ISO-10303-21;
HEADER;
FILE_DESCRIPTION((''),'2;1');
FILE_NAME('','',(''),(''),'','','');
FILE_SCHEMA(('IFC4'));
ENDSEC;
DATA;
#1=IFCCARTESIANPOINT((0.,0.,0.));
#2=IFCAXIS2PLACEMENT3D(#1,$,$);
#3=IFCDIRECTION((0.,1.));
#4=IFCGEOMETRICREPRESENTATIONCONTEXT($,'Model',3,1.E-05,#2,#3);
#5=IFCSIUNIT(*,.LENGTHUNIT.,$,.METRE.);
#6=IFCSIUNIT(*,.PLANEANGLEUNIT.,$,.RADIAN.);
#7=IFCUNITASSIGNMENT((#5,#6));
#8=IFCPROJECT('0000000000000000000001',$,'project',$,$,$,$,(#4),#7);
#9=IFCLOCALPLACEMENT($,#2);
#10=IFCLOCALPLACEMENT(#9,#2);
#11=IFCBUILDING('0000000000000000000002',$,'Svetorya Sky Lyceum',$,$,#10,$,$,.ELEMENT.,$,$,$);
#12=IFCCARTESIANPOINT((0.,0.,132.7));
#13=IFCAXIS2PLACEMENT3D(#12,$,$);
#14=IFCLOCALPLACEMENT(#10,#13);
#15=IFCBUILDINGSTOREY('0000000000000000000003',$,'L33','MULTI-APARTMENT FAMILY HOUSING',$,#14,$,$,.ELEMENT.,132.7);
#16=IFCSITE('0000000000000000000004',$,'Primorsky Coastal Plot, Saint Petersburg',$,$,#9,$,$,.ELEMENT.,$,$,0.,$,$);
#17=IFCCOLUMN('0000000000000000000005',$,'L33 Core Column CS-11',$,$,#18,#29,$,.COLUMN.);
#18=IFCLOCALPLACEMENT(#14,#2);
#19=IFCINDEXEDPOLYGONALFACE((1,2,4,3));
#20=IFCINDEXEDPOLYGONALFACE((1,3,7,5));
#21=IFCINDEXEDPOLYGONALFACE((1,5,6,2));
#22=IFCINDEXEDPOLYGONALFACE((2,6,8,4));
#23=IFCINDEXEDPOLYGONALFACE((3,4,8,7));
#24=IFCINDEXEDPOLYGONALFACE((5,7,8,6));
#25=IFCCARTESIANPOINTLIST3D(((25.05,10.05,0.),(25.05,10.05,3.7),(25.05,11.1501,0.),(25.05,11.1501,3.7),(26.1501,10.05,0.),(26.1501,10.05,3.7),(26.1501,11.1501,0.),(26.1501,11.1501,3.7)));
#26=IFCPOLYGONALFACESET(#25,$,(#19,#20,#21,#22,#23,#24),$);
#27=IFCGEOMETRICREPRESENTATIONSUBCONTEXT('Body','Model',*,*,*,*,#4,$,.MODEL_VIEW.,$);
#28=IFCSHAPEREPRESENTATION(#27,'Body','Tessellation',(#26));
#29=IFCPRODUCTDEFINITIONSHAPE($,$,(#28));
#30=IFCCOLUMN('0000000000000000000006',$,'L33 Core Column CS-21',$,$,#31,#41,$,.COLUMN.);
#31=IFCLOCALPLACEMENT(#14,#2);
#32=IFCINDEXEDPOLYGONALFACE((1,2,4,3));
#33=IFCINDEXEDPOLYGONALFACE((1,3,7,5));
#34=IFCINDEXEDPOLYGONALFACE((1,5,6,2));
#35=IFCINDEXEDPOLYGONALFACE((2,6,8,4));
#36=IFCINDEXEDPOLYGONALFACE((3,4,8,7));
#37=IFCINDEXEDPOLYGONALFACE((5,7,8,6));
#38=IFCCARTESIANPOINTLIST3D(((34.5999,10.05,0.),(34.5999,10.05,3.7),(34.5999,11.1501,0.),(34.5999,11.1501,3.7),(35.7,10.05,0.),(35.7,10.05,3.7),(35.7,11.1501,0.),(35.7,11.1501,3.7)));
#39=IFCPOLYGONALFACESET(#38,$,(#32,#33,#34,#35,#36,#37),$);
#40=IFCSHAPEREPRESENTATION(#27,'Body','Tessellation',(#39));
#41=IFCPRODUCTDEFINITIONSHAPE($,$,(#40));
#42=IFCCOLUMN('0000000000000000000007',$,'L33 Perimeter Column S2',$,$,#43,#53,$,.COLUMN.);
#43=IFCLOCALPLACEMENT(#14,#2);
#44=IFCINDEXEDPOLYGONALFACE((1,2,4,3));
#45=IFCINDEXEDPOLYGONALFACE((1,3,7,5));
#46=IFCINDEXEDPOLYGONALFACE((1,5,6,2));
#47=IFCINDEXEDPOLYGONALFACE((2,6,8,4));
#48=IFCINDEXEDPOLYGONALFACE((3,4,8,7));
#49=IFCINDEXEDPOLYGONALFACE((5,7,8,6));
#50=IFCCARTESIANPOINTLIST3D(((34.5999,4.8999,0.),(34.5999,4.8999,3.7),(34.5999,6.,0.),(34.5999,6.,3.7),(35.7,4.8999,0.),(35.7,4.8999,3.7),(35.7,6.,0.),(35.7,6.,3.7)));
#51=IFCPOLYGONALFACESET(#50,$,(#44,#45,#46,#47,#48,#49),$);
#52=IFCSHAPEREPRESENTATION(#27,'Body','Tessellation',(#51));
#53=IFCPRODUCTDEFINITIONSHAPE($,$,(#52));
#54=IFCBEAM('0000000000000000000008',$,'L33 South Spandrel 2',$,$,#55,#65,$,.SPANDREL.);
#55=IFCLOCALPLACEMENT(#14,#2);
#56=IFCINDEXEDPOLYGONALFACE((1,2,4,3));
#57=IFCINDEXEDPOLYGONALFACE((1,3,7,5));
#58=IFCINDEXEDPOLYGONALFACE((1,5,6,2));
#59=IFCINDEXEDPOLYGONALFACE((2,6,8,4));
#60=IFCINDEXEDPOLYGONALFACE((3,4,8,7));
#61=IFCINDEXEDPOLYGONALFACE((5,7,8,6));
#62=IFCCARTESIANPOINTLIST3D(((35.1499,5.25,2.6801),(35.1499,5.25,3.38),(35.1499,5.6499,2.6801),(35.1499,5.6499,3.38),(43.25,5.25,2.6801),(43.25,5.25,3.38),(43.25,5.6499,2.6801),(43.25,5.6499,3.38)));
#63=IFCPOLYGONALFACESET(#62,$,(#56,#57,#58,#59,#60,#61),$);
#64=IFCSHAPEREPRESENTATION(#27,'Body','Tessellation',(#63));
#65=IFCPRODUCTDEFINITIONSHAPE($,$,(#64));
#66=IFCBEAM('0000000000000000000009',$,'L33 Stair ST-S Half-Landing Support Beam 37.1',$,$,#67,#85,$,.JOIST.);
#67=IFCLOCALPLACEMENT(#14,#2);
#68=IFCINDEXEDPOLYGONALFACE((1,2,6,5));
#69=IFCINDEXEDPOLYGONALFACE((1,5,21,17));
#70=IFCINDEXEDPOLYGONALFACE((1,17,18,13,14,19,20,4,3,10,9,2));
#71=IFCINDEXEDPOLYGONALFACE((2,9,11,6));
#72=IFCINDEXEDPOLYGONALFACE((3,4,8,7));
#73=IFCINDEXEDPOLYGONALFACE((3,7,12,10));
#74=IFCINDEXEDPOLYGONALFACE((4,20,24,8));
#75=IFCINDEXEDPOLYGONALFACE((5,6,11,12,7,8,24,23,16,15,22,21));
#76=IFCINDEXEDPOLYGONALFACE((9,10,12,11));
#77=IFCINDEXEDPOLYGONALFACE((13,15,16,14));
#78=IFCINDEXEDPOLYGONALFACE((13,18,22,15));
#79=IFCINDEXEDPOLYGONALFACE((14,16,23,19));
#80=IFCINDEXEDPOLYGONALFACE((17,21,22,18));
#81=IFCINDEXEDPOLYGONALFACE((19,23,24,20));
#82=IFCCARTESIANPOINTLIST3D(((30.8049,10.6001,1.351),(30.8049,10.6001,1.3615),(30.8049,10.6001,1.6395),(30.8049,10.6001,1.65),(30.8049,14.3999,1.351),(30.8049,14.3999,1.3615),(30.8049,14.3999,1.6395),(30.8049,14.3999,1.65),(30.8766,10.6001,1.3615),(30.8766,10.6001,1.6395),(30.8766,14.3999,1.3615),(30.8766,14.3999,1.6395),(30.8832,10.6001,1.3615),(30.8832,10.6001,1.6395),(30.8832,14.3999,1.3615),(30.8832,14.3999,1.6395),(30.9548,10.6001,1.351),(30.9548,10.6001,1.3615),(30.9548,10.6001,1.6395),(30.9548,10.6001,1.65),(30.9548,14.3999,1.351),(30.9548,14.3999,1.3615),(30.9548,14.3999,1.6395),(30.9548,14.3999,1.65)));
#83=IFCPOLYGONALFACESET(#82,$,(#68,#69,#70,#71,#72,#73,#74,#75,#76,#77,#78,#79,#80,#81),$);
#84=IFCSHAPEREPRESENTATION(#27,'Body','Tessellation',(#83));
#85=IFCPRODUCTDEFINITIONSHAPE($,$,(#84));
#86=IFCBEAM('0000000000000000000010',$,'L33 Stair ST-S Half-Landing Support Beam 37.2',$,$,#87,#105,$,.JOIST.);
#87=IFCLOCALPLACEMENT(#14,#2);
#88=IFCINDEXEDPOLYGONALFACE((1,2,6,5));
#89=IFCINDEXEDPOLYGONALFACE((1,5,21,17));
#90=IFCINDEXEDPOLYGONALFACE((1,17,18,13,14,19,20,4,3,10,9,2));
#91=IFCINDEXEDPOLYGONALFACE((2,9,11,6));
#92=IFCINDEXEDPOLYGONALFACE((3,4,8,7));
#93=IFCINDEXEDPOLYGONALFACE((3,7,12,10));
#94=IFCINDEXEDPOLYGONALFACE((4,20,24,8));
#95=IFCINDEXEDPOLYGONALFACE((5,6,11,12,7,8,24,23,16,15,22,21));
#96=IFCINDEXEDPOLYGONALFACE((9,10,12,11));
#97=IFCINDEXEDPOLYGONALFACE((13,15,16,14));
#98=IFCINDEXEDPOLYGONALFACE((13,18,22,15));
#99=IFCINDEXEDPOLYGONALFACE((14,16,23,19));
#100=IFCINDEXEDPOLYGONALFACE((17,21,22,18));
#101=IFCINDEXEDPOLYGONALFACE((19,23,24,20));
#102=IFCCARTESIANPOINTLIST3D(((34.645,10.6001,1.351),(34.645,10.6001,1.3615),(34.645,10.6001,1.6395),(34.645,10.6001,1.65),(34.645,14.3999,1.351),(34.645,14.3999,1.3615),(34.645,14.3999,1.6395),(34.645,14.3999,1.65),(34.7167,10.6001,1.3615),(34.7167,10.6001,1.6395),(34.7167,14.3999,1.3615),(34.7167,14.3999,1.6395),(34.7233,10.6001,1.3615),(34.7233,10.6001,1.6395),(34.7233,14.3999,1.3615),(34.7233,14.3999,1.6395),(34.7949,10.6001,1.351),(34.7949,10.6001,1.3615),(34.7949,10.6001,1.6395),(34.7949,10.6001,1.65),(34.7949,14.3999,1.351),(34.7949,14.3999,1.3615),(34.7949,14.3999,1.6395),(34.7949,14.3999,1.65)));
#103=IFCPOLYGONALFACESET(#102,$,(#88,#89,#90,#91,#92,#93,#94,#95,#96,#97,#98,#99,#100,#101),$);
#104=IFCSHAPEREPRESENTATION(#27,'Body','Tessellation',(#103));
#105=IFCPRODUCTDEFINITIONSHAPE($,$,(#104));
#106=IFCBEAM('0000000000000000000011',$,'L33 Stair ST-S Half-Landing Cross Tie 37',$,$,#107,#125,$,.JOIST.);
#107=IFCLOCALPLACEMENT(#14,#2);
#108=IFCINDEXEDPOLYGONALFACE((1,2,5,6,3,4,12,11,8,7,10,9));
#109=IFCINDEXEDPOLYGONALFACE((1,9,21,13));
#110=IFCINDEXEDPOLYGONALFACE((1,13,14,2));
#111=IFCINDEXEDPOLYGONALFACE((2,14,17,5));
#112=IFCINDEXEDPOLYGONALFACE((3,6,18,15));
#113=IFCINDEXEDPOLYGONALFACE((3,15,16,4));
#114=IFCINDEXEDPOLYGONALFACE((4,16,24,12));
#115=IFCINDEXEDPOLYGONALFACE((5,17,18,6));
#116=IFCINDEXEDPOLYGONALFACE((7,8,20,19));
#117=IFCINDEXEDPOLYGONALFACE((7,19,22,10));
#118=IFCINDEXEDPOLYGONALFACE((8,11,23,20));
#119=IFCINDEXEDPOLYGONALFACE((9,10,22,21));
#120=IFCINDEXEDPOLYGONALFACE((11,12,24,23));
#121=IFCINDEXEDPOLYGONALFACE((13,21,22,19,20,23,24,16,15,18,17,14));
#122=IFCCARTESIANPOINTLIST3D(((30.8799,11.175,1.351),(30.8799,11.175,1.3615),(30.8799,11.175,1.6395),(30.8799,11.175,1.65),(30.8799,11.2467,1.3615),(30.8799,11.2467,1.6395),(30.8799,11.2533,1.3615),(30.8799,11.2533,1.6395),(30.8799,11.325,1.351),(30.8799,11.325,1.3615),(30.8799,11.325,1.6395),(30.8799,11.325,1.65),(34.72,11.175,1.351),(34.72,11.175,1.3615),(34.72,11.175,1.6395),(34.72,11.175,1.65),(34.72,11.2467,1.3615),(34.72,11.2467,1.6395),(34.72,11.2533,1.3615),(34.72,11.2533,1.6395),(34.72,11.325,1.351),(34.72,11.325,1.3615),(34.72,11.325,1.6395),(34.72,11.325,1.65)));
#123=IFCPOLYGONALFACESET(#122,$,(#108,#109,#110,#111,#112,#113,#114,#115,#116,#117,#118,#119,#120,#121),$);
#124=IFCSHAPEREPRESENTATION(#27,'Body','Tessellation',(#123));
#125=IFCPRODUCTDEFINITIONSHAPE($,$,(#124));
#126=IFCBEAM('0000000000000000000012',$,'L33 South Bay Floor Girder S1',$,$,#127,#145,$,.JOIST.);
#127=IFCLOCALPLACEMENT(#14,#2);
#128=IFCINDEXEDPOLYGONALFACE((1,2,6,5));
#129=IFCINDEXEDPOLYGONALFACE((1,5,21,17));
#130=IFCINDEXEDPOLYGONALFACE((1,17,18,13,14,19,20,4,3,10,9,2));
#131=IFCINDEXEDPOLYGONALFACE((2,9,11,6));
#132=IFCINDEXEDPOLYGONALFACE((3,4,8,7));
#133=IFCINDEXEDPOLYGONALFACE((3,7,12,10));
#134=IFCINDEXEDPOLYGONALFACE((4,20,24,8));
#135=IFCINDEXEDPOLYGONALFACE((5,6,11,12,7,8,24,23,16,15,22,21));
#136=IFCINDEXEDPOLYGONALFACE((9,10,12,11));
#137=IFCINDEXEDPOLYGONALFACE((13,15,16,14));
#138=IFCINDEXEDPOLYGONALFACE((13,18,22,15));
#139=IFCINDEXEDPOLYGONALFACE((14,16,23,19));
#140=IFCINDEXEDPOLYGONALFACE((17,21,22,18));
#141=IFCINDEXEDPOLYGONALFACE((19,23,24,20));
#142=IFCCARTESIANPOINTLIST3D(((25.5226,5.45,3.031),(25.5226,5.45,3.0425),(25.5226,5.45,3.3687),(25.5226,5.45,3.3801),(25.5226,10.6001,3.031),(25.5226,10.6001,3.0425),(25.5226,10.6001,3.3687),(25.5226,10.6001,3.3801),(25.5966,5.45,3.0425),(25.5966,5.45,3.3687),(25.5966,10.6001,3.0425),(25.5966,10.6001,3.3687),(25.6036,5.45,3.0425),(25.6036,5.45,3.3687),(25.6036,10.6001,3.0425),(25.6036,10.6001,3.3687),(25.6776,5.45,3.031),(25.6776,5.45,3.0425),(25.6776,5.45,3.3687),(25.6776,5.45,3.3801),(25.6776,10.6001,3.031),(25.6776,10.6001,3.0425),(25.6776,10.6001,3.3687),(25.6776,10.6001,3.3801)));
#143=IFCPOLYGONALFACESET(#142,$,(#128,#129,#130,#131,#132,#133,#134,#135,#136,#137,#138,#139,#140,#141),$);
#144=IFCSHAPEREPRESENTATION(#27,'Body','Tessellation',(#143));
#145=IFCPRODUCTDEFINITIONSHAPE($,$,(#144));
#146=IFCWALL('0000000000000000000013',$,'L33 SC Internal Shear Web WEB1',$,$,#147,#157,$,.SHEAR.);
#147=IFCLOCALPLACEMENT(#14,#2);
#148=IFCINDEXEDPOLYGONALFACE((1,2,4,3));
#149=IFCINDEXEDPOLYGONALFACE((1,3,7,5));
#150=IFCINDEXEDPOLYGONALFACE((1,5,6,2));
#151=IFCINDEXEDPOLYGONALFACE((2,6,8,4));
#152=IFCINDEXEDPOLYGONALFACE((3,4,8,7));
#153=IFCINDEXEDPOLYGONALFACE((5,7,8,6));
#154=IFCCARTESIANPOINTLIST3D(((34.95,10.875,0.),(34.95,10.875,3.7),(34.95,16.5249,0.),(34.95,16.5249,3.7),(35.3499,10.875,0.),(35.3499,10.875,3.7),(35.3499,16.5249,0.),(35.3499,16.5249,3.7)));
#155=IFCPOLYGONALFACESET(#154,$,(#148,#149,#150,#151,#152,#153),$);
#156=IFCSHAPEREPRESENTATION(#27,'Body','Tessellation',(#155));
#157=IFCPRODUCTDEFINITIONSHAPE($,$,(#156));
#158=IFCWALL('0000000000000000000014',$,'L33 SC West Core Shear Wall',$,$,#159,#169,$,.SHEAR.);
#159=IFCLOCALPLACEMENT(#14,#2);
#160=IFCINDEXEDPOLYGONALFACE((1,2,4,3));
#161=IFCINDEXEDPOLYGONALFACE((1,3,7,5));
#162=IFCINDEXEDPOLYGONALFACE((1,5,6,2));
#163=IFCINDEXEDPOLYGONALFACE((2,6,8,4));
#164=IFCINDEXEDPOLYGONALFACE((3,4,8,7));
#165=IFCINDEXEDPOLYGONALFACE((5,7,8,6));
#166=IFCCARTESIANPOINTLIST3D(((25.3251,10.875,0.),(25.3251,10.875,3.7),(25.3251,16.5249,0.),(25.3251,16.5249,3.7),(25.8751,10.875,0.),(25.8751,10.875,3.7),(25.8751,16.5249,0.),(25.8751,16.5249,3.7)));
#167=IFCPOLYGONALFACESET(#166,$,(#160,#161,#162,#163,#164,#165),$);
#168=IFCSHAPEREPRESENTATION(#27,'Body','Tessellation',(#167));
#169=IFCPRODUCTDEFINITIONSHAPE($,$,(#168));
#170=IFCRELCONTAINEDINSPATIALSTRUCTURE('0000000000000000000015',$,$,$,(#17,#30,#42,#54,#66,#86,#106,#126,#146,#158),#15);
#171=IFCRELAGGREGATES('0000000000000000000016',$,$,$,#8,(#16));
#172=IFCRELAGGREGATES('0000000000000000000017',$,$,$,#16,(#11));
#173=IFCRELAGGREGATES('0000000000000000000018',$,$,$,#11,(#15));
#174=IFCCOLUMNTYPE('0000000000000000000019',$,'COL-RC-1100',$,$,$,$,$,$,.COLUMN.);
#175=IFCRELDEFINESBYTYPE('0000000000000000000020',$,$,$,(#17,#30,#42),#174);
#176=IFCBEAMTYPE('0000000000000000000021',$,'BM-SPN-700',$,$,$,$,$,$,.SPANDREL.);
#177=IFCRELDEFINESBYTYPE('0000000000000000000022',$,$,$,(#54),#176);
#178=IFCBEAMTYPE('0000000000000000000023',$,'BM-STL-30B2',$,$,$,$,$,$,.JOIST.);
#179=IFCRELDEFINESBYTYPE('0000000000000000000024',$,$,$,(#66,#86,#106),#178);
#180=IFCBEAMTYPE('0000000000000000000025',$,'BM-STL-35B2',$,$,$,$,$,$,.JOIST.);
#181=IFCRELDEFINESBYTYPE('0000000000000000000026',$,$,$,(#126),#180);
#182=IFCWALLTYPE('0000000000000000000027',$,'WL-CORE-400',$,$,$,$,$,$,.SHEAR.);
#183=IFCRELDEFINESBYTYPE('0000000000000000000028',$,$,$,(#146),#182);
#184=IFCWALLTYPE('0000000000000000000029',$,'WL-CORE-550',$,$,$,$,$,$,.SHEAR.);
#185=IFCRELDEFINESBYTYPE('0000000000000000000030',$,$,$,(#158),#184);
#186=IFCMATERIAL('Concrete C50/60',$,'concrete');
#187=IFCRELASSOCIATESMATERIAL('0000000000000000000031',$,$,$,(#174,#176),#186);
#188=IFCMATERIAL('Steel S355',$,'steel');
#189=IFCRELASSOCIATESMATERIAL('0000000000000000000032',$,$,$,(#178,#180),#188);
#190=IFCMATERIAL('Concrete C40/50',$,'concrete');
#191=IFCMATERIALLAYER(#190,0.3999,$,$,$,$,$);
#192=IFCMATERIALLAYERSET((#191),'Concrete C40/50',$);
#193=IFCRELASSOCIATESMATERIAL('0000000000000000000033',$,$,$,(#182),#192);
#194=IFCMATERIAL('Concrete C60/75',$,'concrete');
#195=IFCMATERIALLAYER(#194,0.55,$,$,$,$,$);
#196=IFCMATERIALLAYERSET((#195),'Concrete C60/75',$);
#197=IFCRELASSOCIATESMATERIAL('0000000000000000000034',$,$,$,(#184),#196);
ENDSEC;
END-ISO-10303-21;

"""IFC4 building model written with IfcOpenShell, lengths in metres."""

from ifc_helpers import new_model, si_unit, direction, frame, frame_2d, origin, origin_2d, place, context, subcontext, project, spatial, rectangle, i_section, extrude, material, layer, layer_set, material_profile, profile_set, type_object, element, save


model = new_model("IFC4")

# Units and contexts
model_context = context("Model", 3, precision=1e-05, world=origin(), true_north=direction((0.0, 1.0)))
body_context = subcontext(model_context, "Body", "Model", "MODEL_VIEW")
ifc_project = project(units=[si_unit("LENGTHUNIT", "METRE"), si_unit("PLANEANGLEUNIT", "RADIAN")], contexts=[model_context])

# Site, building, storey
site_placement = place(None, origin())
site = spatial("IfcSite", under=ifc_project, at=site_placement, Name="Primorsky Coastal Plot, Saint Petersburg", CompositionType="ELEMENT", RefElevation=0.0)
building_placement = place(site_placement, origin())
building = spatial("IfcBuilding", under=site, at=building_placement, Name="Svetorya Sky Lyceum", CompositionType="ELEMENT")
storey_placement = place(building_placement, frame((0.0, 0.0, 132.7)))
storey = spatial("IfcBuildingStorey", under=building, at=storey_placement, Name="L33", Description="MULTI-APARTMENT FAMILY HOUSING", CompositionType="ELEMENT", Elevation=132.7)

# Columns
ifc_material_1 = material(Name="Concrete C50/60", Category="concrete")
ifc_material_profile_1 = material_profile(ifc_material_1, rectangle(XDim=1.1001, YDim=1.1001, at=origin_2d()), Name="RC COL 1100x1100")
ifc_profile_set_1 = profile_set([ifc_material_profile_1], Name="Concrete C50/60")
column_type = type_object("IfcColumnType", Name="COL-RC-1100", PredefinedType="COLUMN", material=ifc_profile_set_1)
for number, where, z_axis, x_axis, name in (
    (1, (25.6001, 10.6001, 0.0), (0.0, 0.0, 1.0), (1.0, 0.0, 0.0), "L33 Core Column CS-11"),
    (2, (35.1499, 10.6001, 0.0), (0.0, 0.0, 1.0), (1.0, 0.0, 0.0), "L33 Core Column CS-21"),
    (3, (35.1499, 5.45, 0.0), (0.0, 0.0, 1.0), (1.0, 0.0, 0.0), "L33 Perimeter Column S2"),
):
    element("IfcColumn", number, at=place(storey_placement, frame(where, z_axis=z_axis, x_axis=x_axis)), inside=storey, type_object=column_type, Name=name, PredefinedType="COLUMN", context=body_context, shape_type="SweptSolid", body=[
        extrude(rectangle(XDim=1.1001, YDim=1.1001, at=origin_2d()), origin(), (0.0, 0.0, 1.0), 3.7),
    ])

# Beams
ifc_material_profile_2 = material_profile(ifc_material_1, rectangle(XDim=0.3999, YDim=0.7, at=origin_2d()), Name="RC SPANDREL 400x700")
ifc_profile_set_2 = profile_set([ifc_material_profile_2], Name="Concrete C50/60")
beam_type_1 = type_object("IfcBeamType", Name="BM-SPN-700", PredefinedType="SPANDREL", material=ifc_profile_set_2)
beam_1_placement = place(storey_placement, frame((35.1499, 5.45, 3.03), z_axis=(1.0, 0.0, 0.0), x_axis=(0.0, 1.0, 0.0)))
element("IfcBeam", 4, at=beam_1_placement, inside=storey, type_object=beam_type_1, Name="L33 South Spandrel 2", PredefinedType="SPANDREL", context=body_context, shape_type="SweptSolid", body=[
    extrude(rectangle(XDim=0.3999, YDim=0.7, at=origin_2d()), origin(), (0.0, 0.0, 1.0), 8.1001),
])
ifc_material_2 = material(Name="Steel S355", Category="steel")
ifc_material_profile_3 = material_profile(ifc_material_2, i_section(OverallWidth=0.1499, OverallDepth=0.2991, WebThickness=0.0066, FlangeThickness=0.0105, at=origin_2d()), Name="GOST 30B2")
ifc_profile_set_3 = profile_set([ifc_material_profile_3], Name="Steel S355")
beam_type_2 = type_object("IfcBeamType", Name="BM-STL-30B2", PredefinedType="JOIST", material=ifc_profile_set_3)
for number, where, z_axis, x_axis, name in (
    (5, (30.8799, 10.6001, 1.5005), (0.0, 1.0, 0.0), (-1.0, 0.0, 0.0), "L33 Stair ST-S Half-Landing Support Beam 37.1"),
    (6, (34.72, 10.6001, 1.5005), (0.0, 1.0, 0.0), (-1.0, 0.0, 0.0), "L33 Stair ST-S Half-Landing Support Beam 37.2"),
):
    element("IfcBeam", number, at=place(storey_placement, frame(where, z_axis=z_axis, x_axis=x_axis)), inside=storey, type_object=beam_type_2, Name=name, PredefinedType="JOIST", context=body_context, shape_type="SweptSolid", body=[
        extrude(i_section(OverallWidth=0.1499, OverallDepth=0.2991, WebThickness=0.0066, FlangeThickness=0.0105, at=origin_2d()), origin(), (0.0, 0.0, 1.0), 3.7998),
    ])
beam_2_placement = place(storey_placement, frame((30.8799, 11.25, 1.5005), z_axis=(1.0, 0.0, 0.0), x_axis=(0.0, 1.0, 0.0)))
element("IfcBeam", 7, at=beam_2_placement, inside=storey, type_object=beam_type_2, Name="L33 Stair ST-S Half-Landing Cross Tie 37", PredefinedType="JOIST", context=body_context, shape_type="SweptSolid", body=[
    extrude(i_section(OverallWidth=0.1499, OverallDepth=0.2991, WebThickness=0.0066, FlangeThickness=0.0105, at=origin_2d()), origin(), (0.0, 0.0, 1.0), 3.8401),
])
ifc_material_profile_4 = material_profile(ifc_material_2, i_section(OverallWidth=0.155, OverallDepth=0.3491, WebThickness=0.0071, FlangeThickness=0.0115, at=origin_2d()), Name="GOST 35B2")
ifc_profile_set_4 = profile_set([ifc_material_profile_4], Name="Steel S355")
beam_type_3 = type_object("IfcBeamType", Name="BM-STL-35B2", PredefinedType="JOIST", material=ifc_profile_set_4)
beam_3_placement = place(storey_placement, frame((25.6001, 5.45, 3.2056), z_axis=(0.0, 1.0, 0.0), x_axis=(-1.0, 0.0, 0.0)))
element("IfcBeam", 8, at=beam_3_placement, inside=storey, type_object=beam_type_3, Name="L33 South Bay Floor Girder S1", PredefinedType="JOIST", context=body_context, shape_type="SweptSolid", body=[
    extrude(i_section(OverallWidth=0.155, OverallDepth=0.3491, WebThickness=0.0071, FlangeThickness=0.0115, at=origin_2d()), origin(), (0.0, 0.0, 1.0), 5.1501),
])

# Walls
ifc_material_3 = material(Name="Concrete C40/50", Category="concrete")
ifc_layer_1 = layer(ifc_material_3, 0.3999)
ifc_layer_set_1 = layer_set([ifc_layer_1], Name="Concrete C40/50")
wall_type_1 = type_object("IfcWallType", Name="WL-CORE-400", PredefinedType="SHEAR", material=ifc_layer_set_1)
wall_1_placement = place(storey_placement, frame((35.1499, 10.875, 0.0), z_axis=(0.0, 0.0, 1.0), x_axis=(0.0, 1.0, 0.0)))
element("IfcWall", 9, at=wall_1_placement, inside=storey, type_object=wall_type_1, Name="L33 SC Internal Shear Web WEB1", PredefinedType="SHEAR", context=body_context, shape_type="SweptSolid", body=[
    extrude(rectangle(XDim=5.6499, YDim=0.3999, at=frame_2d((2.825, 0.0))), origin(), (0.0, 0.0, 1.0), 3.7),
])
ifc_material_4 = material(Name="Concrete C60/75", Category="concrete")
ifc_layer_2 = layer(ifc_material_4, 0.55)
ifc_layer_set_2 = layer_set([ifc_layer_2], Name="Concrete C60/75")
wall_type_2 = type_object("IfcWallType", Name="WL-CORE-550", PredefinedType="SHEAR", material=ifc_layer_set_2)
wall_2_placement = place(storey_placement, frame((25.6001, 10.875, 0.0), z_axis=(0.0, 0.0, 1.0), x_axis=(0.0, 1.0, 0.0)))
element("IfcWall", 10, at=wall_2_placement, inside=storey, type_object=wall_type_2, Name="L33 SC West Core Shear Wall", PredefinedType="SHEAR", context=body_context, shape_type="SweptSolid", body=[
    extrude(rectangle(XDim=5.6499, YDim=0.55, at=frame_2d((2.825, 0.0))), origin(), (0.0, 0.0, 1.0), 3.7),
])

save(model, "model.ifc")
